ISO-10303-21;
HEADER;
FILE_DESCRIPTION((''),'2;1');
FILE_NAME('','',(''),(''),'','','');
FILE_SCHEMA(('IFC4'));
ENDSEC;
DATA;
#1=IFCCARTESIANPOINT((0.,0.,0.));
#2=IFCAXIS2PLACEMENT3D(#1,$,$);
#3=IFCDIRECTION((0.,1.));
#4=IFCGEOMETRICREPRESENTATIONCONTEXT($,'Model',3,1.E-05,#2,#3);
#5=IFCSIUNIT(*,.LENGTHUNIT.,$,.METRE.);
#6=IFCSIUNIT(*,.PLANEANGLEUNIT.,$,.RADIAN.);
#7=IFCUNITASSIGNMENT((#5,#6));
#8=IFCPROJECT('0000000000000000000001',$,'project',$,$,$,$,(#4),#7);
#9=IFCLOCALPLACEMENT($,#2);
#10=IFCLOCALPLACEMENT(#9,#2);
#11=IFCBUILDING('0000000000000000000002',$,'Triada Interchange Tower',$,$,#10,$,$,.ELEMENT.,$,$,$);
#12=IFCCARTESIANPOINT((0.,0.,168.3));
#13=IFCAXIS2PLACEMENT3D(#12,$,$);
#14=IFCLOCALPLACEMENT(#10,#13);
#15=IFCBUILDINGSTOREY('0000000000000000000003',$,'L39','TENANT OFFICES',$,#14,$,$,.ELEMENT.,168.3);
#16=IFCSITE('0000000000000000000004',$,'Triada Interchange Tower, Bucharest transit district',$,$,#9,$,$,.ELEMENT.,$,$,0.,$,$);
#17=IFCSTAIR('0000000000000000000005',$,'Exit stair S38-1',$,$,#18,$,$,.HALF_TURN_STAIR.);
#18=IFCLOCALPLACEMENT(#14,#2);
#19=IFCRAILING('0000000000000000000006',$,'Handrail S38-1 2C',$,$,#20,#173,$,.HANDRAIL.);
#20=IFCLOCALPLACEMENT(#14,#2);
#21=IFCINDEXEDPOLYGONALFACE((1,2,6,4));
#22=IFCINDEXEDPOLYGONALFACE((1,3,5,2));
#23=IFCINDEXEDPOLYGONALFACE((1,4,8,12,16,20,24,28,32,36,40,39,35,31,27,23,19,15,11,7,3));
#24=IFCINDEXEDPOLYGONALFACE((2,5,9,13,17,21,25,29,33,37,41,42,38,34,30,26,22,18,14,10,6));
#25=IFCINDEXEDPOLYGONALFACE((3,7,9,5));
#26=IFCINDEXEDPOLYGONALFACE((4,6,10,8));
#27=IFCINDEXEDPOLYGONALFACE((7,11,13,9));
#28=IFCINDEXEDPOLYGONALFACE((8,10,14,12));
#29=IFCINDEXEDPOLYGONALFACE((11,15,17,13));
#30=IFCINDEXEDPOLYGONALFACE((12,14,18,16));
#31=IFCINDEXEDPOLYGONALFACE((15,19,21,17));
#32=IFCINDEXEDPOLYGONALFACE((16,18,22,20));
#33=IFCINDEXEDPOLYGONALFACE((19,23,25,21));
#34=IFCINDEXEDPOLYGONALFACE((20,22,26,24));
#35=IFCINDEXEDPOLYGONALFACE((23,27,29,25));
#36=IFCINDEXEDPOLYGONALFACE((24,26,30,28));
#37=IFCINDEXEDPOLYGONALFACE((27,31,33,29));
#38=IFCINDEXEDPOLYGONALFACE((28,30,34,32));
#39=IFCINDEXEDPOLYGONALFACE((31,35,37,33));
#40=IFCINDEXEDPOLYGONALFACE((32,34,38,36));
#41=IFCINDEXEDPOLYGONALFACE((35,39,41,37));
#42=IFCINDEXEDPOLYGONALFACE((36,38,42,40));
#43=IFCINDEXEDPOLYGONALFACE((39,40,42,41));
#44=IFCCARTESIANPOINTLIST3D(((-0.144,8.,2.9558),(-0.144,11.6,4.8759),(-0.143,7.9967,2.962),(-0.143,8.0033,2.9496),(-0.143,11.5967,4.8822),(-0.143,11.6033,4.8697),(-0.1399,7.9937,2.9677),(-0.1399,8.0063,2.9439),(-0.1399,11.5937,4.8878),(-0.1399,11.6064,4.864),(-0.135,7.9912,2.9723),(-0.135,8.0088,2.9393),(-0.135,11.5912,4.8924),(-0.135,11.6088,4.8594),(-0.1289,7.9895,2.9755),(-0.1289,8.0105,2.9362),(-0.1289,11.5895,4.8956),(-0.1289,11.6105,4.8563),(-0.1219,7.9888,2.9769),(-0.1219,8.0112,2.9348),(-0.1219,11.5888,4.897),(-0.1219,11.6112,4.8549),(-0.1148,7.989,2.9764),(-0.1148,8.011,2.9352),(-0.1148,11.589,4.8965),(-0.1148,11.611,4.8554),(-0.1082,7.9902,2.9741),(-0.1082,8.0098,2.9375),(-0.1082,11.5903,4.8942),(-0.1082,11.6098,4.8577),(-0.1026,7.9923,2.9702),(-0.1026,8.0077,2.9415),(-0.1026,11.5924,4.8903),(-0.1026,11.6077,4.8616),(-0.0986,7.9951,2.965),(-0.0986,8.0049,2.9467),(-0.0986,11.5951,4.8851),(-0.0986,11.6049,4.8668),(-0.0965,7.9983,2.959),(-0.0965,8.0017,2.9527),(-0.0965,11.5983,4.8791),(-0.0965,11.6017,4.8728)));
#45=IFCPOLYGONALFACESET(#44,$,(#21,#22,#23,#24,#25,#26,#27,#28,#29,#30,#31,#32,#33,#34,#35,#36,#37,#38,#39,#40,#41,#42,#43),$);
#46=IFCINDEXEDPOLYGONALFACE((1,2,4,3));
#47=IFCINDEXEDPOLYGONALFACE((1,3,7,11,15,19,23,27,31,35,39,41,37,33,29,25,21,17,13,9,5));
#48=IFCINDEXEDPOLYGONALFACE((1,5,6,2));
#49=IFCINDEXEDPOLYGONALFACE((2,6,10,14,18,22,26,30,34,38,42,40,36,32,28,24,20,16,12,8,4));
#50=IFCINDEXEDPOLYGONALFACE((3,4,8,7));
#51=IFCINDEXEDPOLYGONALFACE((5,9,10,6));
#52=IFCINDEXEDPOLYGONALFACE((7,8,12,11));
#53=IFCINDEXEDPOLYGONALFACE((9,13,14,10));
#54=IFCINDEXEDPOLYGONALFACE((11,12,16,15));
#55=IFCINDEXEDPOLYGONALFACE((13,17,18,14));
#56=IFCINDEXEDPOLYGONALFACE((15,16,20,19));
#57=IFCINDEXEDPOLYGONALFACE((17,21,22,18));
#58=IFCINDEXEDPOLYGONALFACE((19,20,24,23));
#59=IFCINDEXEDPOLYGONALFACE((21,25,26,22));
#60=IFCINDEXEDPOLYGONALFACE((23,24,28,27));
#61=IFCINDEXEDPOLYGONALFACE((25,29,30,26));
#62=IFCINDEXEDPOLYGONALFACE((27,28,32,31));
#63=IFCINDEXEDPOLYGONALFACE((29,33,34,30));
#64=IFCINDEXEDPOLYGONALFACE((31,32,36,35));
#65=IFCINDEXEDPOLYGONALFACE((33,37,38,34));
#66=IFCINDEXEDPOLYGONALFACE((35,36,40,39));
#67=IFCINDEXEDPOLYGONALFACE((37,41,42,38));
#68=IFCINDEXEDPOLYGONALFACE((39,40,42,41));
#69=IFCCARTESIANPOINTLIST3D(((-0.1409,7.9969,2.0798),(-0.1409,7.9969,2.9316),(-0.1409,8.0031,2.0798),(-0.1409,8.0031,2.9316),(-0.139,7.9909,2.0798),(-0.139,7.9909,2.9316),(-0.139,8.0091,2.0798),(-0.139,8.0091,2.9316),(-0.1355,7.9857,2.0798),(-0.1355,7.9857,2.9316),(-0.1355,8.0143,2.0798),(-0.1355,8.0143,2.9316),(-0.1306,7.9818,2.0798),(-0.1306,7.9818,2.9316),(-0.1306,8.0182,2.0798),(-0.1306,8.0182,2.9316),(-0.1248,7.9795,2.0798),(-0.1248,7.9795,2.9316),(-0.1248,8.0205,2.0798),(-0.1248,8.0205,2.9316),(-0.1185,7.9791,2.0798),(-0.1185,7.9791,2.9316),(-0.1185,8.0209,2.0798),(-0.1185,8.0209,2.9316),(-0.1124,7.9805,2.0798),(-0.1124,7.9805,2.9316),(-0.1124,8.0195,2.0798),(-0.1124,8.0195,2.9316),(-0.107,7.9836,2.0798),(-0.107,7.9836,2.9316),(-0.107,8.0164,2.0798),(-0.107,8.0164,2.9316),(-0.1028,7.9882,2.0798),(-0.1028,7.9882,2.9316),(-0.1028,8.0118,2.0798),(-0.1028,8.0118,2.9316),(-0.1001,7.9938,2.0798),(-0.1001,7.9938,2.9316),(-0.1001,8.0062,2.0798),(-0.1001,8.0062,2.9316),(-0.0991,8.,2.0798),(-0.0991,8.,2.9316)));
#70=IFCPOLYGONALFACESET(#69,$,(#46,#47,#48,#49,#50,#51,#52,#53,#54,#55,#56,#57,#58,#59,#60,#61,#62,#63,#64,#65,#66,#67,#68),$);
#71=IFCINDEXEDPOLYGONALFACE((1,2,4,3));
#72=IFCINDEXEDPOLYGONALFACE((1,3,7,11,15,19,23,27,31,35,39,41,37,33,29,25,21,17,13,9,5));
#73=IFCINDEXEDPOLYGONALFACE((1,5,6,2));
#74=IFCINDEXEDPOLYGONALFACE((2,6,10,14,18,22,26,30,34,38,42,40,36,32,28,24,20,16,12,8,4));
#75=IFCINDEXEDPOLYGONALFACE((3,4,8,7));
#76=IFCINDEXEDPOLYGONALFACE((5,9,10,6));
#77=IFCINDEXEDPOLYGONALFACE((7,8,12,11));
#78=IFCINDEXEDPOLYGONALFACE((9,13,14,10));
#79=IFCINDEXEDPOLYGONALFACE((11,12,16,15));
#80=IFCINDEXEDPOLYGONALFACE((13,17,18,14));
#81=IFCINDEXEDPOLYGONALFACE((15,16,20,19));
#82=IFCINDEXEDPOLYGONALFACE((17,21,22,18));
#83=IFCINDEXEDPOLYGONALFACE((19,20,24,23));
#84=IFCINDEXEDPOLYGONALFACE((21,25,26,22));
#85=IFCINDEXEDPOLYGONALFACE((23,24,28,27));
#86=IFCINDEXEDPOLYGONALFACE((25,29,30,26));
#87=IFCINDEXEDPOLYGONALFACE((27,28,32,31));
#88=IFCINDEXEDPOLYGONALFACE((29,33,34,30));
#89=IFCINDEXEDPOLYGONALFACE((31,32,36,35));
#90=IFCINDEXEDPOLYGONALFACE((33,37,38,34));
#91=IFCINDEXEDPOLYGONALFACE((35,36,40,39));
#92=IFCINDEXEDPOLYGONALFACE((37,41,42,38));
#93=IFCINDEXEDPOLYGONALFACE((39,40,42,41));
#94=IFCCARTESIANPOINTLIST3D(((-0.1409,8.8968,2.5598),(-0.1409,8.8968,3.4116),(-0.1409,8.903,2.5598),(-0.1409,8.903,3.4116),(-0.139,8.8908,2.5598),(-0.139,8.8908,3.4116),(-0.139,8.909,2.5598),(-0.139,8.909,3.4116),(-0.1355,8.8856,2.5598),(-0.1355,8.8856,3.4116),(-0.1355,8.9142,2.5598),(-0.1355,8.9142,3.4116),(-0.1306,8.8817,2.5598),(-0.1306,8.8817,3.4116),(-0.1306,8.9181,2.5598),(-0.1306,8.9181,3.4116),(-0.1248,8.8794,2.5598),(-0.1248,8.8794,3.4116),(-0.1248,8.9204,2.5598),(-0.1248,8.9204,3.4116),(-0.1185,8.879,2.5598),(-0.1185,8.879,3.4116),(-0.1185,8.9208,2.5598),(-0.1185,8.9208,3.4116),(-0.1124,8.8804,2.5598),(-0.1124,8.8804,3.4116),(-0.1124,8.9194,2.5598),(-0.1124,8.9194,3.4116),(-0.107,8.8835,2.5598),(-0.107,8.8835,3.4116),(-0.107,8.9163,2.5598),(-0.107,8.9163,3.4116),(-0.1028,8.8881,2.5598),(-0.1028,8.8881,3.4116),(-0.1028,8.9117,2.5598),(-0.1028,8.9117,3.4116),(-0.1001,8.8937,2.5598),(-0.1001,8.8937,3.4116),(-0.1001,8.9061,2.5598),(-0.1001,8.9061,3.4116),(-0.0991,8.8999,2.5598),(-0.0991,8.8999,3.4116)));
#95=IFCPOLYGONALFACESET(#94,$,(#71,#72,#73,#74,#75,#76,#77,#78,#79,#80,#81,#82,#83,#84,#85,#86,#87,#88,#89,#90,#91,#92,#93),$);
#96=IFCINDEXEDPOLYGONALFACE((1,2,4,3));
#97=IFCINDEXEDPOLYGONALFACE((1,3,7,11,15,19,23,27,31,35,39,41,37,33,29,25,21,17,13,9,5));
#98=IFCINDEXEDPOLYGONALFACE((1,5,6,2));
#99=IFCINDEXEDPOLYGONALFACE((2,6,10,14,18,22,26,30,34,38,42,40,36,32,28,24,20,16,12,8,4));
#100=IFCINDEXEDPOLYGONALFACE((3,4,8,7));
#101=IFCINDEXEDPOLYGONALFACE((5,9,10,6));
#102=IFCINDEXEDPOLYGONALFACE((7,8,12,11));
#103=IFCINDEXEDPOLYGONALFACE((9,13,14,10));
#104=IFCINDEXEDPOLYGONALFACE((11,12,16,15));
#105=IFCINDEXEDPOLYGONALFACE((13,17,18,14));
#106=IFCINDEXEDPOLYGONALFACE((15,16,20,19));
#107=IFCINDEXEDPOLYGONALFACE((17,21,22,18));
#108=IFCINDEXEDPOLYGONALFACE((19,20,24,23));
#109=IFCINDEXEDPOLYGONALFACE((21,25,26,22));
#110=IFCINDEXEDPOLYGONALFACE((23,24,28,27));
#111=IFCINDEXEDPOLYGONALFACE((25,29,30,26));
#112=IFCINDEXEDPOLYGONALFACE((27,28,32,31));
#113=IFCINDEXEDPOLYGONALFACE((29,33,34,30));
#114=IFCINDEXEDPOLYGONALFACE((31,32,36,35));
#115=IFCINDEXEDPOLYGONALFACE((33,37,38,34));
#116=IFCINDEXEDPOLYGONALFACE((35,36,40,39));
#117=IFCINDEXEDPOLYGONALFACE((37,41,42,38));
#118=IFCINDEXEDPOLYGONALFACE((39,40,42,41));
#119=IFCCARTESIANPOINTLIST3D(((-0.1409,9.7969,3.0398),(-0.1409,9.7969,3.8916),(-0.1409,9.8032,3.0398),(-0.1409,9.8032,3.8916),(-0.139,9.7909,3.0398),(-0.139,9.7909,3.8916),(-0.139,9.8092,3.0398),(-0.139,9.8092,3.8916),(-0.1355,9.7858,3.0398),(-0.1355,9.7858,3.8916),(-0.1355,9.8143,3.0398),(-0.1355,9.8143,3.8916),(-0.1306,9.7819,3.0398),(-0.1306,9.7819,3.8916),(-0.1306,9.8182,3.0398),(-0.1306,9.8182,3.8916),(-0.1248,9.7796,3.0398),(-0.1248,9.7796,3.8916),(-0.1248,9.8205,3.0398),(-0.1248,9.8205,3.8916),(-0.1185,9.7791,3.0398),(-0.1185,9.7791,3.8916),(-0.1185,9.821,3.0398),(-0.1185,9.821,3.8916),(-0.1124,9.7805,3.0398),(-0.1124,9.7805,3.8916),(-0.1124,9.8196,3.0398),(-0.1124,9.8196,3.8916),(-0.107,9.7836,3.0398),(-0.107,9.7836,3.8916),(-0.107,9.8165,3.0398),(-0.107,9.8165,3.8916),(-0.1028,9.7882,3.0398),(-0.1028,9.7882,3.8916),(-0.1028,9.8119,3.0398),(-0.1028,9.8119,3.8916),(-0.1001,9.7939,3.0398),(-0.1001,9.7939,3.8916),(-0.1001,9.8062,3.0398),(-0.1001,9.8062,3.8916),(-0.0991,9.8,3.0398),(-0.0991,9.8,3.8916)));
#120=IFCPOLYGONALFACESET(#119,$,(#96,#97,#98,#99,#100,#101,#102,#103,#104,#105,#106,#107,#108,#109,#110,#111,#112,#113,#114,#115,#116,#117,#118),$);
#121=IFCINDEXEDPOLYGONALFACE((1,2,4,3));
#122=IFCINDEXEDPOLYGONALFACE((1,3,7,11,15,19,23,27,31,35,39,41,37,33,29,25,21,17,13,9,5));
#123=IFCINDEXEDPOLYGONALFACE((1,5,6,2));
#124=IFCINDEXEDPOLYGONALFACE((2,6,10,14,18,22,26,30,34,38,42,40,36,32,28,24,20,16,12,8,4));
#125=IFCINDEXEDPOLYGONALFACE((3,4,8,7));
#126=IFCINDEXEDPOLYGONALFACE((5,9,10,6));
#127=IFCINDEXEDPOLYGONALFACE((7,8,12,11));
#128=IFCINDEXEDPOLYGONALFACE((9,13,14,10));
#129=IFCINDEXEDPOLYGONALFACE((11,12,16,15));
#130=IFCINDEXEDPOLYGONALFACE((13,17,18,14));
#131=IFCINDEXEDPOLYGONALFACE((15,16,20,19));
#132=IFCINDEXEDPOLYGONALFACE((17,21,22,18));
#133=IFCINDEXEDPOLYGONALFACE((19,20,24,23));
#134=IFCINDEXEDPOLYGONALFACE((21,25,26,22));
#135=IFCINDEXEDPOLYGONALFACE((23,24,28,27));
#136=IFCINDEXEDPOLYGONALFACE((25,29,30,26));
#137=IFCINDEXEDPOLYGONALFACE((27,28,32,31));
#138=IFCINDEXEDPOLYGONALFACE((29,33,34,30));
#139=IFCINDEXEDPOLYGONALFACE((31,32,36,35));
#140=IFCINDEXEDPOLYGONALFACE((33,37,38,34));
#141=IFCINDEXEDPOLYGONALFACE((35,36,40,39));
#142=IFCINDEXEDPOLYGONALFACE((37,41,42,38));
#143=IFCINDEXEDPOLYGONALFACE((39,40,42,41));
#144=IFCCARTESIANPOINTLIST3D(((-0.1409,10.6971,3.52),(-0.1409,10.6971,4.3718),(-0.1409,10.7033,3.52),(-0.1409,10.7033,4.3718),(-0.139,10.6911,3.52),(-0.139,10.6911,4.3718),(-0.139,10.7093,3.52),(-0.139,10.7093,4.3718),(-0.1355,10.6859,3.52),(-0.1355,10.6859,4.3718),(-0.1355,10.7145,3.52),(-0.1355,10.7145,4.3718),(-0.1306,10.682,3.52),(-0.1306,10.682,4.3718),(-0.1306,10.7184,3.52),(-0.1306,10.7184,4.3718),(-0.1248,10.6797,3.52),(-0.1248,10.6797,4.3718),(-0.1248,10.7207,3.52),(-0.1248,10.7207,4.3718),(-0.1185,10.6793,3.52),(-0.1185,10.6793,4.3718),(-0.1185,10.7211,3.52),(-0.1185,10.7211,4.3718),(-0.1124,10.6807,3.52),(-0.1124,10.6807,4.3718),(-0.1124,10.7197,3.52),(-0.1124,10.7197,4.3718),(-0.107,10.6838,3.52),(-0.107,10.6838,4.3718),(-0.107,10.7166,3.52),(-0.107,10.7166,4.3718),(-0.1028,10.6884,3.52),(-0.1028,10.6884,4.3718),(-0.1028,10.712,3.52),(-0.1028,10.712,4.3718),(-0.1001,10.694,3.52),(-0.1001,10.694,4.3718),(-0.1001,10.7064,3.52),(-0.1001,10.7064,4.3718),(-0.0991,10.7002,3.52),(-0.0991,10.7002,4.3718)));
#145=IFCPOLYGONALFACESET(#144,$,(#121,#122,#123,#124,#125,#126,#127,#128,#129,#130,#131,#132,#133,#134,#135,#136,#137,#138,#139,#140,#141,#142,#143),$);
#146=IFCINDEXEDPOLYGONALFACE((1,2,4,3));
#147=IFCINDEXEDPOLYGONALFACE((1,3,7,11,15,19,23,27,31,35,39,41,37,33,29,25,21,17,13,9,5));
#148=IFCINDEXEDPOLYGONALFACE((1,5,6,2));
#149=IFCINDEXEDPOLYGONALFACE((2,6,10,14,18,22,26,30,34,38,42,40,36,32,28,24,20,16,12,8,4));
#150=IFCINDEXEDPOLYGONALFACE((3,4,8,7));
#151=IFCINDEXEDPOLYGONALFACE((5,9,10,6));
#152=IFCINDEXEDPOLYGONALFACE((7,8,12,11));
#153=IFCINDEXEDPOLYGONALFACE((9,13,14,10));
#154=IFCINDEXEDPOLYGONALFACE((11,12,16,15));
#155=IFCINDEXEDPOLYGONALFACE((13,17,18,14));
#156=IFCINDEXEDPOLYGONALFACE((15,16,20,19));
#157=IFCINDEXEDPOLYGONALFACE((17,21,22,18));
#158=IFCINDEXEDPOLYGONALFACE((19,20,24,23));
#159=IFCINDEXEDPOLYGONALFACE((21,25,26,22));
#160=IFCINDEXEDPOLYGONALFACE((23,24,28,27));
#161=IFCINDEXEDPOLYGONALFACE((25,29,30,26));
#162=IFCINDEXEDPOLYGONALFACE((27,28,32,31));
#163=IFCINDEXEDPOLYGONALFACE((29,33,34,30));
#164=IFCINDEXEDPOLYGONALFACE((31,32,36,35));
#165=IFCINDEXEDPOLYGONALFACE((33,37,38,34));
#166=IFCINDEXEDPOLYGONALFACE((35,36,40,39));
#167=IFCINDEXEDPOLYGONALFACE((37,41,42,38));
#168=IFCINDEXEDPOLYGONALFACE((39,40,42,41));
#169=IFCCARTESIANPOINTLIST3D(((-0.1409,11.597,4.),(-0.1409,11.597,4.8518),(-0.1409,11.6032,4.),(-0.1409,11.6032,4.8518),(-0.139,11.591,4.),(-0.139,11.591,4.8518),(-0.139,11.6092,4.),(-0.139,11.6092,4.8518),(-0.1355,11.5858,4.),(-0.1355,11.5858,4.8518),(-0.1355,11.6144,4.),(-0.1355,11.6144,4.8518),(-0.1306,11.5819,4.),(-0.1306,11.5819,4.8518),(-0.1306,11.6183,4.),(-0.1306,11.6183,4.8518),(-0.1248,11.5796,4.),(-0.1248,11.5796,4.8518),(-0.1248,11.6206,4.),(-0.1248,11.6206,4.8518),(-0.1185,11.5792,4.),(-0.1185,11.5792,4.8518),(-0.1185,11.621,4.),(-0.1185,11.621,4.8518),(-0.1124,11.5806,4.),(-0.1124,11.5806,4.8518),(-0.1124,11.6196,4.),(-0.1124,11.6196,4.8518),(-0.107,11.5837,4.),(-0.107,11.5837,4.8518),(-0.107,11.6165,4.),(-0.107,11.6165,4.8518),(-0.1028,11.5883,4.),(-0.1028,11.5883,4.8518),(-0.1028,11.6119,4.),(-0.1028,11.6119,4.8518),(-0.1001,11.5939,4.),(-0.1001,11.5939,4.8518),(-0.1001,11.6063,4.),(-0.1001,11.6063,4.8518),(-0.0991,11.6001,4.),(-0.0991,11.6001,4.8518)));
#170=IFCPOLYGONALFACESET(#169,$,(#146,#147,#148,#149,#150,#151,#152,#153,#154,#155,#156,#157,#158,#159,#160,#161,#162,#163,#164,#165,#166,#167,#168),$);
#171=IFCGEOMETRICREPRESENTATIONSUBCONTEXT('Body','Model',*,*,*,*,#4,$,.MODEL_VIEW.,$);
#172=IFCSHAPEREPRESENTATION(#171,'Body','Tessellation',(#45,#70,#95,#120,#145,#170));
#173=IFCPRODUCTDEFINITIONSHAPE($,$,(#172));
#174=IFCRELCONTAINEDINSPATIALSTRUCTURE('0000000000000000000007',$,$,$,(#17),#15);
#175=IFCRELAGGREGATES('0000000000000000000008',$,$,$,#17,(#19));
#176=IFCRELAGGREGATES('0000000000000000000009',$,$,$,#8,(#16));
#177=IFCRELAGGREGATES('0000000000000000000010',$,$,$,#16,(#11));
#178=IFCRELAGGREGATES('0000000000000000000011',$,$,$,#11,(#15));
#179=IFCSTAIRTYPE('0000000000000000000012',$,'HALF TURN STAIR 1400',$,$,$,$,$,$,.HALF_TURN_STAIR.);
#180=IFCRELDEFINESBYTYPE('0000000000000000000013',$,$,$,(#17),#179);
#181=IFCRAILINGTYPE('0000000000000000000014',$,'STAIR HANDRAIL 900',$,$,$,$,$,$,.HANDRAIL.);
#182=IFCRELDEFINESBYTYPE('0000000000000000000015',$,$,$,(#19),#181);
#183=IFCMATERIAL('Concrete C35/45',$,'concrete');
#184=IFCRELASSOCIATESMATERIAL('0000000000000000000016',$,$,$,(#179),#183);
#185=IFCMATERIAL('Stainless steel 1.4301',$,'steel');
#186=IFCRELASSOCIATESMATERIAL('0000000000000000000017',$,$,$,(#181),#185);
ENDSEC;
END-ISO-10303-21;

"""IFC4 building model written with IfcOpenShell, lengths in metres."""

from ifc_helpers import new_model, si_unit, direction, frame, origin, origin_2d, place, context, subcontext, project, spatial, circle, extrude, material, type_object, element, aggregate, save


model = new_model("IFC4")

# Units and contexts
model_context = context("Model", 3, precision=1e-05, world=origin(), true_north=direction((0.0, 1.0)))
body_context = subcontext(model_context, "Body", "Model", "MODEL_VIEW")
ifc_project = project(units=[si_unit("LENGTHUNIT", "METRE"), si_unit("PLANEANGLEUNIT", "RADIAN")], contexts=[model_context])

# Site, building, storey
site_placement = place(None, origin())
site = spatial("IfcSite", under=ifc_project, at=site_placement, Name="Triada Interchange Tower, Bucharest transit district", CompositionType="ELEMENT", RefElevation=0.0)
building_placement = place(site_placement, origin())
building = spatial("IfcBuilding", under=site, at=building_placement, Name="Triada Interchange Tower", CompositionType="ELEMENT")
storey_placement = place(building_placement, frame((0.0, 0.0, 168.3)))
storey = spatial("IfcBuildingStorey", under=building, at=storey_placement, Name="L39", Description="TENANT OFFICES", CompositionType="ELEMENT", Elevation=168.3)

# Stair, railing
ifc_material_1 = material(Name="Concrete C35/45", Category="concrete")
stair_type = type_object("IfcStairType", Name="HALF TURN STAIR 1400", PredefinedType="HALF_TURN_STAIR", material=ifc_material_1)
stair_placement = place(storey_placement, origin())
stair = element("IfcStair", 1, at=stair_placement, inside=storey, type_object=stair_type, Name="Exit stair S38-1", PredefinedType="HALF_TURN_STAIR")
ifc_material_2 = material(Name="Stainless steel 1.4301", Category="steel")
railing_type = type_object("IfcRailingType", Name="STAIR HANDRAIL 900", PredefinedType="HANDRAIL", material=ifc_material_2)
railing_1_placement = place(storey_placement, frame((-0.1201, 8.0, 2.0798)))
railing_1 = element("IfcRailing", 2, at=railing_1_placement, type_object=railing_type, Name="Handrail S38-1 2C", PredefinedType="HANDRAIL", context=body_context, shape_type="SweptSolid", body=[
    extrude(circle(Radius=0.0239, at=origin_2d()), frame((0.0, 0.0, 0.876), z_axis=(0.0, 0.882341, 0.47061), x_axis=(-1.0, 0.0, 0.0)), (0.0, 0.0, 1.0), 4.0801),
    extrude(circle(Radius=0.021, at=origin_2d()), origin(), (0.0, 0.0, 1.0), 0.8518),
    extrude(circle(Radius=0.021, at=origin_2d()), frame((0.0, 0.8999, 0.48)), (0.0, 0.0, 1.0), 0.8518),
    extrude(circle(Radius=0.021, at=origin_2d()), frame((0.0, 1.8, 0.96)), (0.0, 0.0, 1.0), 0.8518),
    extrude(circle(Radius=0.021, at=origin_2d()), frame((0.0, 2.7002, 1.4402)), (0.0, 0.0, 1.0), 0.8518),
    extrude(circle(Radius=0.021, at=origin_2d()), frame((0.0, 3.6001, 1.9202)), (0.0, 0.0, 1.0), 0.8518),
])
aggregate(stair, [railing_1])

save(model, "model.ifc")
